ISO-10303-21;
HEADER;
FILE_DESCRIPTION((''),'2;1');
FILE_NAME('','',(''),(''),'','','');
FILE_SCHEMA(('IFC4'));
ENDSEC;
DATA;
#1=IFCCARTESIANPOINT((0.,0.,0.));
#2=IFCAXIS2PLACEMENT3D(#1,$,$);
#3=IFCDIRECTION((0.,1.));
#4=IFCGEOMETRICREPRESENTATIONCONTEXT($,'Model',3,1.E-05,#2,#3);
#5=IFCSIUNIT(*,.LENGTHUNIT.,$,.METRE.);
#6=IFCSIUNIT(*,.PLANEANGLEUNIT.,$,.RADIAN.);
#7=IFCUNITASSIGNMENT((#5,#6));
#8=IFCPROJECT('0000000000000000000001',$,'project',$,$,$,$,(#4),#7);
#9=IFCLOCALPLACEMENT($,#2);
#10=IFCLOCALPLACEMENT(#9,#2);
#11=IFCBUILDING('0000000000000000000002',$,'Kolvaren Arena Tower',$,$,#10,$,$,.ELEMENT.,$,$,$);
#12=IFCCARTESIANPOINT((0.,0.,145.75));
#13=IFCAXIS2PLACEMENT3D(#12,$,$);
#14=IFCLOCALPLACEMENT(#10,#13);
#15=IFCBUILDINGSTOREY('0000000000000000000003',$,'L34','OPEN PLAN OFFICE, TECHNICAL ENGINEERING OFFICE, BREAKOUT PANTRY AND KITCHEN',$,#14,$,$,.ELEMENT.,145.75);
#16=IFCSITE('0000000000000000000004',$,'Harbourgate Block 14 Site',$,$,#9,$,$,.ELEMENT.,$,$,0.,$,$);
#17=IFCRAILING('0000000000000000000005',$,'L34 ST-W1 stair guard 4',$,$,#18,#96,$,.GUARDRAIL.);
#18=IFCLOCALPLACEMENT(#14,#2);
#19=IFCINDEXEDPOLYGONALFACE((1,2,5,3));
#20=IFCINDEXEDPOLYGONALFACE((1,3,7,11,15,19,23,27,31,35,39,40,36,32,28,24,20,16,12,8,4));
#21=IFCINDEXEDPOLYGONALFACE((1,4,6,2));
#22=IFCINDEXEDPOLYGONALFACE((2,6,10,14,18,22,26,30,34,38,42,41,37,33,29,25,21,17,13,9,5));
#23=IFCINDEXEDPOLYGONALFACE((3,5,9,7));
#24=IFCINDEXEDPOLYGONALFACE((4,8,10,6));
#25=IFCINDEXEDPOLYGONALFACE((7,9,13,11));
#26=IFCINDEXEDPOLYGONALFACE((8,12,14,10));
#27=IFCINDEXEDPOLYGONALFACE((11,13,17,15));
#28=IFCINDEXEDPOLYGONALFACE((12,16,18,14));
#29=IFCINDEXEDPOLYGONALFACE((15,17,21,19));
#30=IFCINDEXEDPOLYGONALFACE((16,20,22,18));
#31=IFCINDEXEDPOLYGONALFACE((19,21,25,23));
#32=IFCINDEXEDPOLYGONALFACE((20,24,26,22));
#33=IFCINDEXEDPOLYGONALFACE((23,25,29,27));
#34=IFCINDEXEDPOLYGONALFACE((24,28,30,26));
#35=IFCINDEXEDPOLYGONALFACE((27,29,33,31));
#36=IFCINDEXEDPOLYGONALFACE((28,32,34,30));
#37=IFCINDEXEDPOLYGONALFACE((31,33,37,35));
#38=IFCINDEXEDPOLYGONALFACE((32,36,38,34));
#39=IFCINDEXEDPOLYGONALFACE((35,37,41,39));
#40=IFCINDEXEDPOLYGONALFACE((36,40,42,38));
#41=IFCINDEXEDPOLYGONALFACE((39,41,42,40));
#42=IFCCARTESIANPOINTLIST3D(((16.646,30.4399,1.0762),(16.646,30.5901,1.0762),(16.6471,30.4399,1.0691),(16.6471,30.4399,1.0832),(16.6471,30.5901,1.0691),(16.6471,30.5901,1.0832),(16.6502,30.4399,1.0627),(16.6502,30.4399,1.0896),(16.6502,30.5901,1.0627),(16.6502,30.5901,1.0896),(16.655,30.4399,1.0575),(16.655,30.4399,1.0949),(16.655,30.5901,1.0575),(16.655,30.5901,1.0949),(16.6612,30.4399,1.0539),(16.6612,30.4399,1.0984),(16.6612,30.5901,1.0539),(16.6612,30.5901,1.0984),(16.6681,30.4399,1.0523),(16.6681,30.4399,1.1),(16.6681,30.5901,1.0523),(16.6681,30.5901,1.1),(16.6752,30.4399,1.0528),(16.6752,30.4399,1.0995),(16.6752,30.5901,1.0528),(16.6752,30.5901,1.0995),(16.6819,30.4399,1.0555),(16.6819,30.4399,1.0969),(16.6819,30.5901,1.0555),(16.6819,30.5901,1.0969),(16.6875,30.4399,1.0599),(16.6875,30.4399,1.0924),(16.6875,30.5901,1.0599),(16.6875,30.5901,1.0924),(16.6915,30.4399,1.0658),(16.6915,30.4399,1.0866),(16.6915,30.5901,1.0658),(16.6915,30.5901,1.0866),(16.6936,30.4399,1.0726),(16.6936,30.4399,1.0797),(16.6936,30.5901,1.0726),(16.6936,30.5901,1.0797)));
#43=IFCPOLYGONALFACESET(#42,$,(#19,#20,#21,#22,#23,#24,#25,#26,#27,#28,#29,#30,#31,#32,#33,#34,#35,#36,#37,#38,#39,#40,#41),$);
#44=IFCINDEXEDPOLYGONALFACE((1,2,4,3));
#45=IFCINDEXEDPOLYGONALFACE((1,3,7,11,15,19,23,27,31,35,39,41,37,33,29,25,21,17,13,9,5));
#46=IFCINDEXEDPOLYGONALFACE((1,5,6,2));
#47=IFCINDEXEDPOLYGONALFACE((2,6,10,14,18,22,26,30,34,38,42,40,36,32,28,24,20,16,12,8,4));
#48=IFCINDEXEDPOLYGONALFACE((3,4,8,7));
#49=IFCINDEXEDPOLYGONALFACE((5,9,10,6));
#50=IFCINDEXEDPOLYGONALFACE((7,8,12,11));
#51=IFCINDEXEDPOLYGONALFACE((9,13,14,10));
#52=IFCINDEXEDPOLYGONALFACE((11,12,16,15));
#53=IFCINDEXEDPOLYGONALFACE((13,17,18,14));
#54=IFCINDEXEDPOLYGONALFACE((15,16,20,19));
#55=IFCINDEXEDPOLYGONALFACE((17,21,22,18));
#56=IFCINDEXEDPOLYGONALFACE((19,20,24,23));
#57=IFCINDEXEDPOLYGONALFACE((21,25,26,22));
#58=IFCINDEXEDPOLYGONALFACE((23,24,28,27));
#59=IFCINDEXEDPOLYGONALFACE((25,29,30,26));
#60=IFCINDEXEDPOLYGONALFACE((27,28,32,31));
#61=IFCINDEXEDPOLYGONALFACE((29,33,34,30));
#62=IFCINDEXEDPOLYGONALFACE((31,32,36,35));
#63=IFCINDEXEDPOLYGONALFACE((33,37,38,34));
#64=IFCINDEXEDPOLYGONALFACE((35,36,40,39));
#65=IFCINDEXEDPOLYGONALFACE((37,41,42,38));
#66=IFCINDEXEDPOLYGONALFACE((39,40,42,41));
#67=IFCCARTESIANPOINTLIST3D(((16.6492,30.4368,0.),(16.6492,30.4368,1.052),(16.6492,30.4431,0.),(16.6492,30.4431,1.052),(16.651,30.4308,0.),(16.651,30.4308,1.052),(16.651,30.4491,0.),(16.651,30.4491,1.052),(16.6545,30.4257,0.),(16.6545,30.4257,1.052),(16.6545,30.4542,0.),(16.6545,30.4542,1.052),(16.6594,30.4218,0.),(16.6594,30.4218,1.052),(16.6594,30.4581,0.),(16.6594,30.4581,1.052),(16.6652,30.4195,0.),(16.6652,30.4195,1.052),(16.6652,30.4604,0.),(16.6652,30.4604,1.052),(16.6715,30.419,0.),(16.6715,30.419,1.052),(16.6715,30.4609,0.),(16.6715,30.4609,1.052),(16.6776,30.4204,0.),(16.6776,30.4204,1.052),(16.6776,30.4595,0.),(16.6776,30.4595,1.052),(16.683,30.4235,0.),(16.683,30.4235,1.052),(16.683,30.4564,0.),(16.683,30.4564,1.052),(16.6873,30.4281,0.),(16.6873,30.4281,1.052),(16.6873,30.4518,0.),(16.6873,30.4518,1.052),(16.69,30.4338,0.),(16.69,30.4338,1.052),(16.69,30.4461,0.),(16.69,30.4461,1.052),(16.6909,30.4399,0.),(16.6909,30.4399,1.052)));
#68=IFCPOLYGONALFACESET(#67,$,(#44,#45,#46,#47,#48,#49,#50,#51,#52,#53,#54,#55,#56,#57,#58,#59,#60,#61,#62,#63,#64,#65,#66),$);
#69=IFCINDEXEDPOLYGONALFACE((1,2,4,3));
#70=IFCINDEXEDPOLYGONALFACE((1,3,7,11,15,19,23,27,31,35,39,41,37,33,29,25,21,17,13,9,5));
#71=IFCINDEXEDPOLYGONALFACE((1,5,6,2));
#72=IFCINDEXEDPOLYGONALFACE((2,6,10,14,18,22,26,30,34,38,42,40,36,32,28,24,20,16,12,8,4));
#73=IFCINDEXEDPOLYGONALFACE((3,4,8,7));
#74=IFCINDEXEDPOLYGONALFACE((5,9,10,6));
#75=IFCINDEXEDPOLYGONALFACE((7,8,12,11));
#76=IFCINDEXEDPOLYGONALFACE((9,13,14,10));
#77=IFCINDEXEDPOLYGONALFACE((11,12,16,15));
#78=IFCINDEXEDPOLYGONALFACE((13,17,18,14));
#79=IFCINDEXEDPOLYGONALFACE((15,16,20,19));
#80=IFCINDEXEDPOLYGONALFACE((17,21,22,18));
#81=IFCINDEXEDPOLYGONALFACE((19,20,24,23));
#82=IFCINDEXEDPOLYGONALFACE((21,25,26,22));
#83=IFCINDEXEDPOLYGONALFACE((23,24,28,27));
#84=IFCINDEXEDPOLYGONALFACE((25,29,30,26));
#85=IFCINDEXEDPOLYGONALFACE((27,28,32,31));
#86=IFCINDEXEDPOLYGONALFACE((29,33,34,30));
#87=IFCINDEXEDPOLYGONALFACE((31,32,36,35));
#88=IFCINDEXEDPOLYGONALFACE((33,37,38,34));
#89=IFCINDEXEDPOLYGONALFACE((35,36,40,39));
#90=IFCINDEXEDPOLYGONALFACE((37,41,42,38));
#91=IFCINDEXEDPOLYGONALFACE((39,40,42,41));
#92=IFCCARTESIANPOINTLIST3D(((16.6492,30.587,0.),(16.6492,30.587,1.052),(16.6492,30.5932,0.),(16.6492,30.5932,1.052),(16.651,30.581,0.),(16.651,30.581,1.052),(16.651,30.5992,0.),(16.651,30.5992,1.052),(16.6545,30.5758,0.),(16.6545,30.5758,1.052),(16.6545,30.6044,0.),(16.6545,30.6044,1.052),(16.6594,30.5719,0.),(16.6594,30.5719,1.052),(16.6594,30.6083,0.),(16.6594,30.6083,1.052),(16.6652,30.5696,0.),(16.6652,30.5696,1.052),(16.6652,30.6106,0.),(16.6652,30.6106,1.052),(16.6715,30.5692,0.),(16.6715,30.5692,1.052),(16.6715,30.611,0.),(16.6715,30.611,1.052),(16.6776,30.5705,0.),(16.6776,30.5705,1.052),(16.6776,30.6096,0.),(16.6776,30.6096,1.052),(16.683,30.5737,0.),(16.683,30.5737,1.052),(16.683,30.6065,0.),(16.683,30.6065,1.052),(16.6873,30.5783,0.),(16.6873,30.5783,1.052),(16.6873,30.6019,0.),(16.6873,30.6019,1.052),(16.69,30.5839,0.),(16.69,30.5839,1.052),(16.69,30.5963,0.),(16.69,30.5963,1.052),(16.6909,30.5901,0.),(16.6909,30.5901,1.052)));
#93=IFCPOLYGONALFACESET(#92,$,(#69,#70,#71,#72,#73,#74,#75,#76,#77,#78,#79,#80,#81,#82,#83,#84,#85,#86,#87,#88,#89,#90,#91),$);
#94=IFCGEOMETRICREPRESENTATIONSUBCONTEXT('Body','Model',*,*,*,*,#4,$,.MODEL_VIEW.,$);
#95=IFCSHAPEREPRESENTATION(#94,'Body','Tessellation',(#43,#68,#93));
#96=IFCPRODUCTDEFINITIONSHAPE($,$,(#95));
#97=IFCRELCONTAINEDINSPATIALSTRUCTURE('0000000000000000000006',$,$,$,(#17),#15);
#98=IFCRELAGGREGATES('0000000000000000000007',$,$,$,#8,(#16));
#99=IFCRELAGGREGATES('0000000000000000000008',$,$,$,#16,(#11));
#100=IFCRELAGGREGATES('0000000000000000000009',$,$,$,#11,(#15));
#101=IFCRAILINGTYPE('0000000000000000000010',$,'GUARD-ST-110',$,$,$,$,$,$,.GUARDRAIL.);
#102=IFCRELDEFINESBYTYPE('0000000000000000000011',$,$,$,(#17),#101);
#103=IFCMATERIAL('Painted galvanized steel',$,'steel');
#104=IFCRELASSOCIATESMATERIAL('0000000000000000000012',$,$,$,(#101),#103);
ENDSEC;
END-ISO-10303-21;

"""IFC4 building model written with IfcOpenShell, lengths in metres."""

from ifc_helpers import new_model, si_unit, direction, frame, origin, origin_2d, place, context, subcontext, project, spatial, circle, extrude, material, type_object, element, save


model = new_model("IFC4")

# Units and contexts
model_context = context("Model", 3, precision=1e-05, world=origin(), true_north=direction((0.0, 1.0)))
body_context = subcontext(model_context, "Body", "Model", "MODEL_VIEW")
ifc_project = project(units=[si_unit("LENGTHUNIT", "METRE"), si_unit("PLANEANGLEUNIT", "RADIAN")], contexts=[model_context])

# Site, building, storey
site_placement = place(None, origin())
site = spatial("IfcSite", under=ifc_project, at=site_placement, Name="Harbourgate Block 14 Site", CompositionType="ELEMENT", RefElevation=0.0)
building_placement = place(site_placement, origin())
building = spatial("IfcBuilding", under=site, at=building_placement, Name="Kolvaren Arena Tower", CompositionType="ELEMENT")
storey_placement = place(building_placement, frame((0.0, 0.0, 145.75)))
storey = spatial("IfcBuildingStorey", under=building, at=storey_placement, Name="L34", Description="OPEN PLAN OFFICE, TECHNICAL ENGINEERING OFFICE, BREAKOUT PANTRY AND KITCHEN", CompositionType="ELEMENT", Elevation=145.75)

# Railing
ifc_material_1 = material(Name="Painted galvanized steel", Category="steel")
railing_type_1 = type_object("IfcRailingType", Name="GUARD-ST-110", PredefinedType="GUARDRAIL", material=ifc_material_1)
railing_1_placement = place(storey_placement, frame((16.6699, 30.4399, 0.0)))
element("IfcRailing", 1, at=railing_1_placement, inside=storey, type_object=railing_type_1, Name="L34 ST-W1 stair guard 4", PredefinedType="GUARDRAIL", context=body_context, shape_type="SweptSolid", body=[
    extrude(circle(Radius=0.0239, at=origin_2d()), frame((0.0, 0.0, 1.0762), z_axis=(0.0, 1.0, 0.0), x_axis=(-1.0, 0.0, 0.0)), (0.0, 0.0, 1.0), 0.1501),
    extrude(circle(Radius=0.021, at=origin_2d()), origin(), (0.0, 0.0, 1.0), 1.052),
    extrude(circle(Radius=0.021, at=origin_2d()), frame((0.0, 0.1501, 0.0)), (0.0, 0.0, 1.0), 1.052),
])

save(model, "model.ifc")
